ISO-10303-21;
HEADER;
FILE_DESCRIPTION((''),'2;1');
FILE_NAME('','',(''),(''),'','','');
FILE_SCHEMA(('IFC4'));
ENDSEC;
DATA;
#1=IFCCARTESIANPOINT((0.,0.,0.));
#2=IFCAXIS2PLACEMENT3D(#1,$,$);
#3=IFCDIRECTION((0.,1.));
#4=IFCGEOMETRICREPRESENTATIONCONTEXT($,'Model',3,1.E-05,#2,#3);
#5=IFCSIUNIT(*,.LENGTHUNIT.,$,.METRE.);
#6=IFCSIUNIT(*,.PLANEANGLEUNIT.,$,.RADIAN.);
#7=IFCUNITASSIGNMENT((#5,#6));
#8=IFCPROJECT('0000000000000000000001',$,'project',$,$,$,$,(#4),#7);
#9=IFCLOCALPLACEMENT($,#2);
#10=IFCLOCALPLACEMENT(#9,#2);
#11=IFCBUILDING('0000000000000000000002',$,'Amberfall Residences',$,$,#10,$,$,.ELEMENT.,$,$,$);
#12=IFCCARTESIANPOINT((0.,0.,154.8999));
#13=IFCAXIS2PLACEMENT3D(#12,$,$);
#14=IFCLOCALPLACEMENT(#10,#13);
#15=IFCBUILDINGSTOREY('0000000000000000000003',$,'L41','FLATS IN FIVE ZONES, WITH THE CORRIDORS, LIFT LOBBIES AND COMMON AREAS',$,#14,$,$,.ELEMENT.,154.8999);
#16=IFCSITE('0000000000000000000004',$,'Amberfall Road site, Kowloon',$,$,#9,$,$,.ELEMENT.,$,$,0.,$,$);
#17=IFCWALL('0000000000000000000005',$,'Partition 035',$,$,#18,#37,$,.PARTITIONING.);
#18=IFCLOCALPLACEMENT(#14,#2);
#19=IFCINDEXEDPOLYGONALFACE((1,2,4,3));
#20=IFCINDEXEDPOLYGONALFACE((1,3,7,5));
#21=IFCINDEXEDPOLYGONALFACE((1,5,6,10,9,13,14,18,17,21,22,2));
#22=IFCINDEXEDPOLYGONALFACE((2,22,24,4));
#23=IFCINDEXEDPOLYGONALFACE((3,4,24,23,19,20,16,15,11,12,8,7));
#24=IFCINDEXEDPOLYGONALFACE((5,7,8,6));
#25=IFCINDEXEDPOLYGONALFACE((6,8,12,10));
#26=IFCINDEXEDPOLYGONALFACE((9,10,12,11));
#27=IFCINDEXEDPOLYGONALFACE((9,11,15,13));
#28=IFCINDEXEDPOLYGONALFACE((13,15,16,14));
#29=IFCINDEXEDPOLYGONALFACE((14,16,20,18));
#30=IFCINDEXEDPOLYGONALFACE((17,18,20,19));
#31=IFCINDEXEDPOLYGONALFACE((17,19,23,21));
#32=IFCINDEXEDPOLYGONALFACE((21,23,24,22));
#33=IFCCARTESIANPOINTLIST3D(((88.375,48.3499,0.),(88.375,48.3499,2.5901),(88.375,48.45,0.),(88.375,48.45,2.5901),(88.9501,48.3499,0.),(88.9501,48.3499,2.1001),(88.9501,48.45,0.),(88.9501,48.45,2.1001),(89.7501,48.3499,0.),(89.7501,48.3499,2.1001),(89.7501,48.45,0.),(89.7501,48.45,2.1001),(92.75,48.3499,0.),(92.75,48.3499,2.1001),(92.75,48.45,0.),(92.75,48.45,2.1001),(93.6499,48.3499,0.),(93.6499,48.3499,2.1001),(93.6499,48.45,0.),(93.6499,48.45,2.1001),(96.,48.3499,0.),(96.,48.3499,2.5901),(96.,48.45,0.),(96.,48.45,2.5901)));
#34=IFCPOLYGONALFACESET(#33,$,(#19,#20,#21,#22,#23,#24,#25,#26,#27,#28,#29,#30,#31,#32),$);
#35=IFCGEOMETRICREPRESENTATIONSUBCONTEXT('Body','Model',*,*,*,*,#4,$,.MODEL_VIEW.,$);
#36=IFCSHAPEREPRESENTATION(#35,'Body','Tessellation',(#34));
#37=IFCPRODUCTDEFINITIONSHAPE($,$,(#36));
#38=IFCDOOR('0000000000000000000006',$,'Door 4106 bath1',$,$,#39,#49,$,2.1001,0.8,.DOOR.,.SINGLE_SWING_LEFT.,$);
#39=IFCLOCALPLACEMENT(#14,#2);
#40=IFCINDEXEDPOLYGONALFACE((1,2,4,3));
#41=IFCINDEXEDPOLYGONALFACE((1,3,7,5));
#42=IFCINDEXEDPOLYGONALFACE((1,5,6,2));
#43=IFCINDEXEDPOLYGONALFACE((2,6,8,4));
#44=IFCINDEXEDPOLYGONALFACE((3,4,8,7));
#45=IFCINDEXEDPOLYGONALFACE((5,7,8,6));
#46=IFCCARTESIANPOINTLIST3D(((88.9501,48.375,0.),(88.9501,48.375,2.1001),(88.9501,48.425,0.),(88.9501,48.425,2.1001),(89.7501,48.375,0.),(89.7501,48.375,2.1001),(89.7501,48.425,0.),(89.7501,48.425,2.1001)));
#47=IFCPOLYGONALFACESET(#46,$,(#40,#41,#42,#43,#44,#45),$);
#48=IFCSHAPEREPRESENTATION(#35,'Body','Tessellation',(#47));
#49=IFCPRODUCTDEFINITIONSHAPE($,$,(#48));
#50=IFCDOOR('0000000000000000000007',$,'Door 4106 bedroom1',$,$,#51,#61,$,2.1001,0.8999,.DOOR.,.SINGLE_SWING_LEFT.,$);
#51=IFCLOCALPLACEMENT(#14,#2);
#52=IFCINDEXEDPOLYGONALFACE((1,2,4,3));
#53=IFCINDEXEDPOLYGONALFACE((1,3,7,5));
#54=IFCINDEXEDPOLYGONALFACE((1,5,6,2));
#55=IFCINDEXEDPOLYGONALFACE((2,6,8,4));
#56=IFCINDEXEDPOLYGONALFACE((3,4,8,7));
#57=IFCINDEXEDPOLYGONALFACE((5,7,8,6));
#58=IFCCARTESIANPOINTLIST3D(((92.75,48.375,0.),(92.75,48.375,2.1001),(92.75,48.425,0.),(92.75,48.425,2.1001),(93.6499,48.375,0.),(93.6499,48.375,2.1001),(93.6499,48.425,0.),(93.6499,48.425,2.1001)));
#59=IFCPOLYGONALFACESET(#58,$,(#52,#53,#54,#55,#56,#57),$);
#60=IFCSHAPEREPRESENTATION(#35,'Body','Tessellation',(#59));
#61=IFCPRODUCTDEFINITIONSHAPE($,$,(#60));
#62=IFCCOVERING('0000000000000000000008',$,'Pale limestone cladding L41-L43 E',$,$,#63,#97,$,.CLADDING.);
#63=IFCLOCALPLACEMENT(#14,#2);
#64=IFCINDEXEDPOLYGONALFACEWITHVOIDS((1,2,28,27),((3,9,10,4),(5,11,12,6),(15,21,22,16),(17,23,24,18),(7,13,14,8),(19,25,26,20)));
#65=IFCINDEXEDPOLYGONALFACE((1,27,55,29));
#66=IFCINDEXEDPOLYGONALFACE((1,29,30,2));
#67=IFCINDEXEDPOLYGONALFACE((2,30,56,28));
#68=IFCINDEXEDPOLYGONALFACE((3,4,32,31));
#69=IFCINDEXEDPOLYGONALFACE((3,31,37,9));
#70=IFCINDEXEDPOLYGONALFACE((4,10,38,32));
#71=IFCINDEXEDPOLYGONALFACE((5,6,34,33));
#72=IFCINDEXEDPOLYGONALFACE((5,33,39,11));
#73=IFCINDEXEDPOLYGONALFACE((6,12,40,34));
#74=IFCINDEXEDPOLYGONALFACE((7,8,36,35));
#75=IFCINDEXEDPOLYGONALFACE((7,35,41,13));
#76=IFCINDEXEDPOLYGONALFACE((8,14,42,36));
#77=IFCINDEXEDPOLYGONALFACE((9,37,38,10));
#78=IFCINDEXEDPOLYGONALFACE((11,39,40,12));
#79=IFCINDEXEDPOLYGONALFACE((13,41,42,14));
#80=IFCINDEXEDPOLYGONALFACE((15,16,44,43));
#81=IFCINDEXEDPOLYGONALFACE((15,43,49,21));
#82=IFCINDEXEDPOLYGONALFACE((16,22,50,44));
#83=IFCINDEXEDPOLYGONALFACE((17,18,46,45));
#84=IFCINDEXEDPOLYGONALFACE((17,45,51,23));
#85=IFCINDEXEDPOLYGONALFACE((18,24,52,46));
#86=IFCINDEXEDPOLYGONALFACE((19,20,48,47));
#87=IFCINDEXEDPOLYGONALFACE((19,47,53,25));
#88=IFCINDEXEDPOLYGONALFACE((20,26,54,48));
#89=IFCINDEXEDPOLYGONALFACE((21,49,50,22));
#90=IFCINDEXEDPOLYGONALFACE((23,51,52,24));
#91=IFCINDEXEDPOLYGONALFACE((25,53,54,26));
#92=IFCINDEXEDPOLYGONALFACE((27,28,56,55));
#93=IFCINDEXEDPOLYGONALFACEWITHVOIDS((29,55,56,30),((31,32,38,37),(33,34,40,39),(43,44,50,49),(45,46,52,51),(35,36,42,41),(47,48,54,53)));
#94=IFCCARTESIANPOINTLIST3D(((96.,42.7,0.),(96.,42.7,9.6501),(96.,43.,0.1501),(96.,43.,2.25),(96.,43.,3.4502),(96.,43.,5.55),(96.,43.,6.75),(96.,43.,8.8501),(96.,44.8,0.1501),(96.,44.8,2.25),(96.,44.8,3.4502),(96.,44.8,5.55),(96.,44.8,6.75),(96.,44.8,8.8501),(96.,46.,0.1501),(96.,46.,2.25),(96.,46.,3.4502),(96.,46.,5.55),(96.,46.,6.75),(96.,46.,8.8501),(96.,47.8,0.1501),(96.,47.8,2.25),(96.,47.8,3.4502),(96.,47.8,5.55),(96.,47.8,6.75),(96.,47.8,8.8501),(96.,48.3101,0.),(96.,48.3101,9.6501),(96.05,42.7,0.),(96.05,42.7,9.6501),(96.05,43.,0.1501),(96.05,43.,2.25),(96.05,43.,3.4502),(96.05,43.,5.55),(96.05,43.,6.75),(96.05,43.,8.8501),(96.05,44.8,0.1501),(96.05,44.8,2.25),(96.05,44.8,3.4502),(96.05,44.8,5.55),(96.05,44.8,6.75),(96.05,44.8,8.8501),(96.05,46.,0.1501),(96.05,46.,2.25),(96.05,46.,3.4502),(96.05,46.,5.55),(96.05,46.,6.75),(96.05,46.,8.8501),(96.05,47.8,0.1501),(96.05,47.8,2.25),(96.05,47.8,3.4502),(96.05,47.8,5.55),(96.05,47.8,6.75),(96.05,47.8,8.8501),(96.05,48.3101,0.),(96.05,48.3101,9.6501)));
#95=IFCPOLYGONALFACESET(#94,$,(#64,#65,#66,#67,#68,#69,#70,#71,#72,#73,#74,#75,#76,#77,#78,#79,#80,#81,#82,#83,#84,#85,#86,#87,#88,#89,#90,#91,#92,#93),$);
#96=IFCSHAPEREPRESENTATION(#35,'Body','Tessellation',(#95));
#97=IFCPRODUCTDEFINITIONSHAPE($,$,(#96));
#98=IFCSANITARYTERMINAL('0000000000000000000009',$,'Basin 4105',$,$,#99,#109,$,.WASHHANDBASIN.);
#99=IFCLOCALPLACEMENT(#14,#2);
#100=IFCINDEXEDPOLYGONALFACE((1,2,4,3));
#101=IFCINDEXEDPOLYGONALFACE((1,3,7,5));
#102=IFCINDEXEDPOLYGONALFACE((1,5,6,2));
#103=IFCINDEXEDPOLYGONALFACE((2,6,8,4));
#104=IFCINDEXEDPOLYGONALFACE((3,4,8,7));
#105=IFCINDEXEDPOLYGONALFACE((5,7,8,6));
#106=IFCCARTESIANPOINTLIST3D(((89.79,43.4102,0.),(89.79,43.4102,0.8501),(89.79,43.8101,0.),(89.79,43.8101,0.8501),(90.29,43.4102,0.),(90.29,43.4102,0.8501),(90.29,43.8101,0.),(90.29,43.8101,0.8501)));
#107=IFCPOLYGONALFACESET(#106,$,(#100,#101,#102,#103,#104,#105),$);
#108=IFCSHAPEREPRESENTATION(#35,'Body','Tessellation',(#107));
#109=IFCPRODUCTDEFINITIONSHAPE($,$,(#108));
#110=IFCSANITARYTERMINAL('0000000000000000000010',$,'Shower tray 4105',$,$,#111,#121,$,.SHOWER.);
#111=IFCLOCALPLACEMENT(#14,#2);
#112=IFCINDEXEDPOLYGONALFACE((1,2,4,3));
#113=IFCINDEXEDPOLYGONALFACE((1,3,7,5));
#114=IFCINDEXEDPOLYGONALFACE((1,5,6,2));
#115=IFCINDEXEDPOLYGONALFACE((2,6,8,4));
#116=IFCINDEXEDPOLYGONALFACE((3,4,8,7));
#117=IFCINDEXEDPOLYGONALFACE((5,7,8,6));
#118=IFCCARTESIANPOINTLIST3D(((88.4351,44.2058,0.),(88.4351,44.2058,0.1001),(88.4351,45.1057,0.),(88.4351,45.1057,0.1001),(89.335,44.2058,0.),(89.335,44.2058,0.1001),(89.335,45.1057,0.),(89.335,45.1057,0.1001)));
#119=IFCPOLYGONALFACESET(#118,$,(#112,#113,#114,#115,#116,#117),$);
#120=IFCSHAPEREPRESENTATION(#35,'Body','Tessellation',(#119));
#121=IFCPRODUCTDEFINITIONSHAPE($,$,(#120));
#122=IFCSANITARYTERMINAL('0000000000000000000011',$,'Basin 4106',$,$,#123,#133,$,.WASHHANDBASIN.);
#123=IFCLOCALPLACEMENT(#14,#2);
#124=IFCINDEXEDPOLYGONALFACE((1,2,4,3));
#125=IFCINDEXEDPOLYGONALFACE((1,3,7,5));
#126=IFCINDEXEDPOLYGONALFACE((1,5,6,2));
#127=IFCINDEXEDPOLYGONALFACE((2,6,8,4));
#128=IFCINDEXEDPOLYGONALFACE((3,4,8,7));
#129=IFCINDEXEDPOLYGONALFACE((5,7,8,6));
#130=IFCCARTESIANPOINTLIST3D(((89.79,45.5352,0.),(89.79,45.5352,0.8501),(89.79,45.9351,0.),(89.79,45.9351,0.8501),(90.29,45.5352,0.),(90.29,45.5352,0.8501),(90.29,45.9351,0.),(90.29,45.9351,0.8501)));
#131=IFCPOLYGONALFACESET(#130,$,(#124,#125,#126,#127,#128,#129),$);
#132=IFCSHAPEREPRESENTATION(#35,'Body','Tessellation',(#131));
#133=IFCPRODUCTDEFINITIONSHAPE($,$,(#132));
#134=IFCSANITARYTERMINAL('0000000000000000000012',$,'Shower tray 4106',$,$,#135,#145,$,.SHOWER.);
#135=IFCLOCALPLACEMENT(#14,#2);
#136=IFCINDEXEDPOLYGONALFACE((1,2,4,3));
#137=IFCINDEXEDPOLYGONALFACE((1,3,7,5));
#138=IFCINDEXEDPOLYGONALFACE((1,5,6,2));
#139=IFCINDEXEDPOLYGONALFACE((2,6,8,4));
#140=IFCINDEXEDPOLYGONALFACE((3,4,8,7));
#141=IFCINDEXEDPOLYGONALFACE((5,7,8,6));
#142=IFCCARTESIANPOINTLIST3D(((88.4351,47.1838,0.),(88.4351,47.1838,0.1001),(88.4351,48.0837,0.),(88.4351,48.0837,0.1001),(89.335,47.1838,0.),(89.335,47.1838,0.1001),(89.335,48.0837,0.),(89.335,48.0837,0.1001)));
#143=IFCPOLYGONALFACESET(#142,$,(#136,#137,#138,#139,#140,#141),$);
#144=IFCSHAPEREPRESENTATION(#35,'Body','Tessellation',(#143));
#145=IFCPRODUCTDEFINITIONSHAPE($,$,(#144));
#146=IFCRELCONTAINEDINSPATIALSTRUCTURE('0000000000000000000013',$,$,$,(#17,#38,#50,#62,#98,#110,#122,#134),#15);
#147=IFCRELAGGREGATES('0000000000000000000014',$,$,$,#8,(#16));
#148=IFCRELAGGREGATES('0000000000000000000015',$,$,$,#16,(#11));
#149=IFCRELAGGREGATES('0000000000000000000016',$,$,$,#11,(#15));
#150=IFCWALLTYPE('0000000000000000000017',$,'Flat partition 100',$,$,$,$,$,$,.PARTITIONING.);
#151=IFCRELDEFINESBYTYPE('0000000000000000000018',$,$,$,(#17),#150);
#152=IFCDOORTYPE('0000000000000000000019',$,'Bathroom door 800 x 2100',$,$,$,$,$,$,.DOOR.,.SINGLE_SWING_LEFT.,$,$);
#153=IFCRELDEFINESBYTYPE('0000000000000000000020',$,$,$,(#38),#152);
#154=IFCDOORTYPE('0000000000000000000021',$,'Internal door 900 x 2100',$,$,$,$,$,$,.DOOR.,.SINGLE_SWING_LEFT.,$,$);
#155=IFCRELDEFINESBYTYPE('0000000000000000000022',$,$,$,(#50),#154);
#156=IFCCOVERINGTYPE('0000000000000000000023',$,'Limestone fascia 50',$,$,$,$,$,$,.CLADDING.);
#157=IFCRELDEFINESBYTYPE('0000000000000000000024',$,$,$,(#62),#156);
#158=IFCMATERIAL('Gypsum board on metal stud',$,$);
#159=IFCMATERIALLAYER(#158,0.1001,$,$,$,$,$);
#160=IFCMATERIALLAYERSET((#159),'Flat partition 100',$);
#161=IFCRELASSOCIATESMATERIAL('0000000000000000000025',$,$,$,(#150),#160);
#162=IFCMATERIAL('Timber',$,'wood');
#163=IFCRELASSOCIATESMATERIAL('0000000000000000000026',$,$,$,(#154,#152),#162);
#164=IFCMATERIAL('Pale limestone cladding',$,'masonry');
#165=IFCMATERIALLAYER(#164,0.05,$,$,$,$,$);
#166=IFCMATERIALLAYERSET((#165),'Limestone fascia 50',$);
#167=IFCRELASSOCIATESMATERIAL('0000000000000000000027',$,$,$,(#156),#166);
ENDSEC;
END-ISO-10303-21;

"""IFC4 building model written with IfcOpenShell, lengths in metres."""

from ifc_helpers import new_model, si_unit, direction, frame, frame_2d, origin, origin_2d, place, context, subcontext, project, spatial, polyline, rectangle, outline, extrude, material, layer, layer_set, type_object, element, fill, save


model = new_model("IFC4")

# Units and contexts
model_context = context("Model", 3, precision=1e-05, world=origin(), true_north=direction((0.0, 1.0)))
body_context = subcontext(model_context, "Body", "Model", "MODEL_VIEW")
ifc_project = project(units=[si_unit("LENGTHUNIT", "METRE"), si_unit("PLANEANGLEUNIT", "RADIAN")], contexts=[model_context])

# Site, building, storey
site_placement = place(None, origin())
site = spatial("IfcSite", under=ifc_project, at=site_placement, Name="Amberfall Road site, Kowloon", CompositionType="ELEMENT", RefElevation=0.0)
building_placement = place(site_placement, origin())
building = spatial("IfcBuilding", under=site, at=building_placement, Name="Amberfall Residences", CompositionType="ELEMENT")
storey_placement = place(building_placement, frame((0.0, 0.0, 154.8999)))
storey = spatial("IfcBuildingStorey", under=building, at=storey_placement, Name="L41", Description="FLATS IN FIVE ZONES, WITH THE CORRIDORS, LIFT LOBBIES AND COMMON AREAS", CompositionType="ELEMENT", Elevation=154.8999)

# Shared definitions
ifc_material_1 = material(Name="Gypsum board on metal stud")
ifc_layer_1 = layer(ifc_material_1, 0.1001)
ifc_layer_set_1 = layer_set([ifc_layer_1], Name="Flat partition 100")
wall_type_1 = type_object("IfcWallType", Name="Flat partition 100", PredefinedType="PARTITIONING", material=ifc_layer_set_1)

# Wall, openings, doors
ifc_material_2 = material(Name="Timber", Category="wood")
door_type_1 = type_object("IfcDoorType", Name="Internal door 900 x 2100", OperationType="SINGLE_SWING_LEFT", PredefinedType="DOOR", material=ifc_material_2)
wall_1_placement = place(storey_placement, frame((96.0, 48.3999, 0.0), z_axis=(0.0, 0.0, 1.0), x_axis=(-1.0, 0.0, 0.0)))
wall_1 = element("IfcWall", 1, at=wall_1_placement, inside=storey, type_object=wall_type_1, Name="Partition 035", PredefinedType="PARTITIONING", context=body_context, shape_type="SweptSolid", body=[
    extrude(rectangle(XDim=7.625, YDim=0.1001, at=frame_2d((3.8125, 0.0))), origin(), (0.0, 0.0, 1.0), 2.5901),
])
opening_1_placement = place(wall_1_placement, frame((2.3501, 0.0, 0.0)))
opening_1 = element("IfcOpeningElement", 2, at=opening_1_placement, cuts=wall_1, PredefinedType="OPENING", context=body_context, shape_type="SweptSolid", body=[
    extrude(rectangle(XDim=0.8999, YDim=2.1001, at=frame_2d((0.45, 1.05))), frame((0.0, 0.0601, 0.0), z_axis=(0.0, -1.0, 0.0), x_axis=(1.0, 0.0, 0.0)), (0.0, 0.0, 1.0), 0.1201),
])
opening_2_placement = place(wall_1_placement, frame((6.25, 0.0, 0.0)))
opening_2 = element("IfcOpeningElement", 3, at=opening_2_placement, cuts=wall_1, PredefinedType="OPENING", context=body_context, shape_type="SweptSolid", body=[
    extrude(rectangle(XDim=0.8, YDim=2.1001, at=frame_2d((0.3999, 1.05))), frame((0.0, 0.0601, 0.0), z_axis=(0.0, -1.0, 0.0), x_axis=(1.0, 0.0, 0.0)), (0.0, 0.0, 1.0), 0.1201),
])
door_type_2 = type_object("IfcDoorType", Name="Bathroom door 800 x 2100", OperationType="SINGLE_SWING_LEFT", PredefinedType="DOOR", material=ifc_material_2)
door_1_placement = place(opening_2_placement, origin())
door_1 = element("IfcDoor", 4, at=door_1_placement, inside=storey, type_object=door_type_2, Name="Door 4106 bath1", OperationType="SINGLE_SWING_LEFT", OverallHeight=2.1001, OverallWidth=0.8, PredefinedType="DOOR", context=body_context, shape_type="SweptSolid", body=[
    extrude(rectangle(XDim=0.8, YDim=2.1001, at=frame_2d((0.3999, 1.05))), frame((0.0, 0.0249, 0.0), z_axis=(0.0, -1.0, 0.0), x_axis=(1.0, 0.0, 0.0)), (0.0, 0.0, 1.0), 0.05),
])
fill(opening_2, door_1)
door_2_placement = place(opening_1_placement, origin())
door_2 = element("IfcDoor", 5, at=door_2_placement, inside=storey, type_object=door_type_1, Name="Door 4106 bedroom1", OperationType="SINGLE_SWING_LEFT", OverallHeight=2.1001, OverallWidth=0.8999, PredefinedType="DOOR", context=body_context, shape_type="SweptSolid", body=[
    extrude(rectangle(XDim=0.8999, YDim=2.1001, at=frame_2d((0.45, 1.05))), frame((0.0, 0.0249, 0.0), z_axis=(0.0, -1.0, 0.0), x_axis=(1.0, 0.0, 0.0)), (0.0, 0.0, 1.0), 0.05),
])
fill(opening_1, door_2)

# Covering
ifc_material_3 = material(Name="Pale limestone cladding", Category="masonry")
ifc_layer_2 = layer(ifc_material_3, 0.05)
ifc_layer_set_2 = layer_set([ifc_layer_2], Name="Limestone fascia 50")
covering_type = type_object("IfcCoveringType", Name="Limestone fascia 50", PredefinedType="CLADDING", material=ifc_layer_set_2)
covering_placement = place(storey_placement, frame((96.0, 42.7, 9.6501), z_axis=(-1.0, 0.0, 0.0), x_axis=(0.0, 1.0, 0.0)))
element("IfcCovering", 6, at=covering_placement, inside=storey, type_object=covering_type, Name="Pale limestone cladding L41-L43 E", PredefinedType="CLADDING", context=body_context, shape_type="SweptSolid", body=[
    extrude(outline(polyline([(0.0, 0.0), (5.6101, 0.0), (5.6101, 9.6501), (0.0, 9.6501), (0.0, 0.0)]), holes=[polyline([(0.3, 7.4001), (2.1001, 7.4001), (2.1001, 9.5), (0.3, 9.5), (0.3, 7.4001)]), polyline([(3.3, 7.4001), (5.1001, 7.4001), (5.1001, 9.5), (3.3, 9.5), (3.3, 7.4001)]), polyline([(0.3, 4.1001), (2.1001, 4.1001), (2.1001, 6.2), (0.3, 6.2), (0.3, 4.1001)]), polyline([(3.3, 4.1001), (5.1001, 4.1001), (5.1001, 6.2), (3.3, 6.2), (3.3, 4.1001)]), polyline([(0.3, 0.8), (2.1001, 0.8), (2.1001, 2.9001), (0.3, 2.9001), (0.3, 0.8)]), polyline([(3.3, 0.8), (5.1001, 0.8), (5.1001, 2.9001), (3.3, 2.9001), (3.3, 0.8)])]), origin(), (0.0, 0.0, -1.0), 0.05),
])

# Sanitary terminals
sanitary_terminal_1_placement = place(storey_placement, frame((90.04, 43.6101, 0.0), z_axis=(0.0, 0.0, 1.0), x_axis=(1.0, 0.0, 0.0)))
element("IfcSanitaryTerminal", 7, at=sanitary_terminal_1_placement, inside=storey, Name="Basin 4105", PredefinedType="WASHHANDBASIN", context=body_context, shape_type="SweptSolid", body=[
    extrude(rectangle(XDim=0.5, YDim=0.3999, at=origin_2d()), origin(), (0.0, 0.0, 1.0), 0.8501),
])
sanitary_terminal_2_placement = place(storey_placement, frame((88.885, 44.6558, 0.0), z_axis=(0.0, 0.0, 1.0), x_axis=(1.0, 0.0, 0.0)))
element("IfcSanitaryTerminal", 8, at=sanitary_terminal_2_placement, inside=storey, Name="Shower tray 4105", PredefinedType="SHOWER", context=body_context, shape_type="SweptSolid", body=[
    extrude(rectangle(XDim=0.8999, YDim=0.8999, at=origin_2d()), origin(), (0.0, 0.0, 1.0), 0.1001),
])
sanitary_terminal_3_placement = place(storey_placement, frame((90.04, 45.7351, 0.0), z_axis=(0.0, 0.0, 1.0), x_axis=(1.0, 0.0, 0.0)))
element("IfcSanitaryTerminal", 9, at=sanitary_terminal_3_placement, inside=storey, Name="Basin 4106", PredefinedType="WASHHANDBASIN", context=body_context, shape_type="SweptSolid", body=[
    extrude(rectangle(XDim=0.5, YDim=0.3999, at=origin_2d()), origin(), (0.0, 0.0, 1.0), 0.8501),
])
sanitary_terminal_4_placement = place(storey_placement, frame((88.885, 47.6338, 0.0), z_axis=(0.0, 0.0, 1.0), x_axis=(1.0, 0.0, 0.0)))
element("IfcSanitaryTerminal", 10, at=sanitary_terminal_4_placement, inside=storey, Name="Shower tray 4106", PredefinedType="SHOWER", context=body_context, shape_type="SweptSolid", body=[
    extrude(rectangle(XDim=0.8999, YDim=0.8999, at=origin_2d()), origin(), (0.0, 0.0, 1.0), 0.1001),
])

save(model, "model.ifc")
